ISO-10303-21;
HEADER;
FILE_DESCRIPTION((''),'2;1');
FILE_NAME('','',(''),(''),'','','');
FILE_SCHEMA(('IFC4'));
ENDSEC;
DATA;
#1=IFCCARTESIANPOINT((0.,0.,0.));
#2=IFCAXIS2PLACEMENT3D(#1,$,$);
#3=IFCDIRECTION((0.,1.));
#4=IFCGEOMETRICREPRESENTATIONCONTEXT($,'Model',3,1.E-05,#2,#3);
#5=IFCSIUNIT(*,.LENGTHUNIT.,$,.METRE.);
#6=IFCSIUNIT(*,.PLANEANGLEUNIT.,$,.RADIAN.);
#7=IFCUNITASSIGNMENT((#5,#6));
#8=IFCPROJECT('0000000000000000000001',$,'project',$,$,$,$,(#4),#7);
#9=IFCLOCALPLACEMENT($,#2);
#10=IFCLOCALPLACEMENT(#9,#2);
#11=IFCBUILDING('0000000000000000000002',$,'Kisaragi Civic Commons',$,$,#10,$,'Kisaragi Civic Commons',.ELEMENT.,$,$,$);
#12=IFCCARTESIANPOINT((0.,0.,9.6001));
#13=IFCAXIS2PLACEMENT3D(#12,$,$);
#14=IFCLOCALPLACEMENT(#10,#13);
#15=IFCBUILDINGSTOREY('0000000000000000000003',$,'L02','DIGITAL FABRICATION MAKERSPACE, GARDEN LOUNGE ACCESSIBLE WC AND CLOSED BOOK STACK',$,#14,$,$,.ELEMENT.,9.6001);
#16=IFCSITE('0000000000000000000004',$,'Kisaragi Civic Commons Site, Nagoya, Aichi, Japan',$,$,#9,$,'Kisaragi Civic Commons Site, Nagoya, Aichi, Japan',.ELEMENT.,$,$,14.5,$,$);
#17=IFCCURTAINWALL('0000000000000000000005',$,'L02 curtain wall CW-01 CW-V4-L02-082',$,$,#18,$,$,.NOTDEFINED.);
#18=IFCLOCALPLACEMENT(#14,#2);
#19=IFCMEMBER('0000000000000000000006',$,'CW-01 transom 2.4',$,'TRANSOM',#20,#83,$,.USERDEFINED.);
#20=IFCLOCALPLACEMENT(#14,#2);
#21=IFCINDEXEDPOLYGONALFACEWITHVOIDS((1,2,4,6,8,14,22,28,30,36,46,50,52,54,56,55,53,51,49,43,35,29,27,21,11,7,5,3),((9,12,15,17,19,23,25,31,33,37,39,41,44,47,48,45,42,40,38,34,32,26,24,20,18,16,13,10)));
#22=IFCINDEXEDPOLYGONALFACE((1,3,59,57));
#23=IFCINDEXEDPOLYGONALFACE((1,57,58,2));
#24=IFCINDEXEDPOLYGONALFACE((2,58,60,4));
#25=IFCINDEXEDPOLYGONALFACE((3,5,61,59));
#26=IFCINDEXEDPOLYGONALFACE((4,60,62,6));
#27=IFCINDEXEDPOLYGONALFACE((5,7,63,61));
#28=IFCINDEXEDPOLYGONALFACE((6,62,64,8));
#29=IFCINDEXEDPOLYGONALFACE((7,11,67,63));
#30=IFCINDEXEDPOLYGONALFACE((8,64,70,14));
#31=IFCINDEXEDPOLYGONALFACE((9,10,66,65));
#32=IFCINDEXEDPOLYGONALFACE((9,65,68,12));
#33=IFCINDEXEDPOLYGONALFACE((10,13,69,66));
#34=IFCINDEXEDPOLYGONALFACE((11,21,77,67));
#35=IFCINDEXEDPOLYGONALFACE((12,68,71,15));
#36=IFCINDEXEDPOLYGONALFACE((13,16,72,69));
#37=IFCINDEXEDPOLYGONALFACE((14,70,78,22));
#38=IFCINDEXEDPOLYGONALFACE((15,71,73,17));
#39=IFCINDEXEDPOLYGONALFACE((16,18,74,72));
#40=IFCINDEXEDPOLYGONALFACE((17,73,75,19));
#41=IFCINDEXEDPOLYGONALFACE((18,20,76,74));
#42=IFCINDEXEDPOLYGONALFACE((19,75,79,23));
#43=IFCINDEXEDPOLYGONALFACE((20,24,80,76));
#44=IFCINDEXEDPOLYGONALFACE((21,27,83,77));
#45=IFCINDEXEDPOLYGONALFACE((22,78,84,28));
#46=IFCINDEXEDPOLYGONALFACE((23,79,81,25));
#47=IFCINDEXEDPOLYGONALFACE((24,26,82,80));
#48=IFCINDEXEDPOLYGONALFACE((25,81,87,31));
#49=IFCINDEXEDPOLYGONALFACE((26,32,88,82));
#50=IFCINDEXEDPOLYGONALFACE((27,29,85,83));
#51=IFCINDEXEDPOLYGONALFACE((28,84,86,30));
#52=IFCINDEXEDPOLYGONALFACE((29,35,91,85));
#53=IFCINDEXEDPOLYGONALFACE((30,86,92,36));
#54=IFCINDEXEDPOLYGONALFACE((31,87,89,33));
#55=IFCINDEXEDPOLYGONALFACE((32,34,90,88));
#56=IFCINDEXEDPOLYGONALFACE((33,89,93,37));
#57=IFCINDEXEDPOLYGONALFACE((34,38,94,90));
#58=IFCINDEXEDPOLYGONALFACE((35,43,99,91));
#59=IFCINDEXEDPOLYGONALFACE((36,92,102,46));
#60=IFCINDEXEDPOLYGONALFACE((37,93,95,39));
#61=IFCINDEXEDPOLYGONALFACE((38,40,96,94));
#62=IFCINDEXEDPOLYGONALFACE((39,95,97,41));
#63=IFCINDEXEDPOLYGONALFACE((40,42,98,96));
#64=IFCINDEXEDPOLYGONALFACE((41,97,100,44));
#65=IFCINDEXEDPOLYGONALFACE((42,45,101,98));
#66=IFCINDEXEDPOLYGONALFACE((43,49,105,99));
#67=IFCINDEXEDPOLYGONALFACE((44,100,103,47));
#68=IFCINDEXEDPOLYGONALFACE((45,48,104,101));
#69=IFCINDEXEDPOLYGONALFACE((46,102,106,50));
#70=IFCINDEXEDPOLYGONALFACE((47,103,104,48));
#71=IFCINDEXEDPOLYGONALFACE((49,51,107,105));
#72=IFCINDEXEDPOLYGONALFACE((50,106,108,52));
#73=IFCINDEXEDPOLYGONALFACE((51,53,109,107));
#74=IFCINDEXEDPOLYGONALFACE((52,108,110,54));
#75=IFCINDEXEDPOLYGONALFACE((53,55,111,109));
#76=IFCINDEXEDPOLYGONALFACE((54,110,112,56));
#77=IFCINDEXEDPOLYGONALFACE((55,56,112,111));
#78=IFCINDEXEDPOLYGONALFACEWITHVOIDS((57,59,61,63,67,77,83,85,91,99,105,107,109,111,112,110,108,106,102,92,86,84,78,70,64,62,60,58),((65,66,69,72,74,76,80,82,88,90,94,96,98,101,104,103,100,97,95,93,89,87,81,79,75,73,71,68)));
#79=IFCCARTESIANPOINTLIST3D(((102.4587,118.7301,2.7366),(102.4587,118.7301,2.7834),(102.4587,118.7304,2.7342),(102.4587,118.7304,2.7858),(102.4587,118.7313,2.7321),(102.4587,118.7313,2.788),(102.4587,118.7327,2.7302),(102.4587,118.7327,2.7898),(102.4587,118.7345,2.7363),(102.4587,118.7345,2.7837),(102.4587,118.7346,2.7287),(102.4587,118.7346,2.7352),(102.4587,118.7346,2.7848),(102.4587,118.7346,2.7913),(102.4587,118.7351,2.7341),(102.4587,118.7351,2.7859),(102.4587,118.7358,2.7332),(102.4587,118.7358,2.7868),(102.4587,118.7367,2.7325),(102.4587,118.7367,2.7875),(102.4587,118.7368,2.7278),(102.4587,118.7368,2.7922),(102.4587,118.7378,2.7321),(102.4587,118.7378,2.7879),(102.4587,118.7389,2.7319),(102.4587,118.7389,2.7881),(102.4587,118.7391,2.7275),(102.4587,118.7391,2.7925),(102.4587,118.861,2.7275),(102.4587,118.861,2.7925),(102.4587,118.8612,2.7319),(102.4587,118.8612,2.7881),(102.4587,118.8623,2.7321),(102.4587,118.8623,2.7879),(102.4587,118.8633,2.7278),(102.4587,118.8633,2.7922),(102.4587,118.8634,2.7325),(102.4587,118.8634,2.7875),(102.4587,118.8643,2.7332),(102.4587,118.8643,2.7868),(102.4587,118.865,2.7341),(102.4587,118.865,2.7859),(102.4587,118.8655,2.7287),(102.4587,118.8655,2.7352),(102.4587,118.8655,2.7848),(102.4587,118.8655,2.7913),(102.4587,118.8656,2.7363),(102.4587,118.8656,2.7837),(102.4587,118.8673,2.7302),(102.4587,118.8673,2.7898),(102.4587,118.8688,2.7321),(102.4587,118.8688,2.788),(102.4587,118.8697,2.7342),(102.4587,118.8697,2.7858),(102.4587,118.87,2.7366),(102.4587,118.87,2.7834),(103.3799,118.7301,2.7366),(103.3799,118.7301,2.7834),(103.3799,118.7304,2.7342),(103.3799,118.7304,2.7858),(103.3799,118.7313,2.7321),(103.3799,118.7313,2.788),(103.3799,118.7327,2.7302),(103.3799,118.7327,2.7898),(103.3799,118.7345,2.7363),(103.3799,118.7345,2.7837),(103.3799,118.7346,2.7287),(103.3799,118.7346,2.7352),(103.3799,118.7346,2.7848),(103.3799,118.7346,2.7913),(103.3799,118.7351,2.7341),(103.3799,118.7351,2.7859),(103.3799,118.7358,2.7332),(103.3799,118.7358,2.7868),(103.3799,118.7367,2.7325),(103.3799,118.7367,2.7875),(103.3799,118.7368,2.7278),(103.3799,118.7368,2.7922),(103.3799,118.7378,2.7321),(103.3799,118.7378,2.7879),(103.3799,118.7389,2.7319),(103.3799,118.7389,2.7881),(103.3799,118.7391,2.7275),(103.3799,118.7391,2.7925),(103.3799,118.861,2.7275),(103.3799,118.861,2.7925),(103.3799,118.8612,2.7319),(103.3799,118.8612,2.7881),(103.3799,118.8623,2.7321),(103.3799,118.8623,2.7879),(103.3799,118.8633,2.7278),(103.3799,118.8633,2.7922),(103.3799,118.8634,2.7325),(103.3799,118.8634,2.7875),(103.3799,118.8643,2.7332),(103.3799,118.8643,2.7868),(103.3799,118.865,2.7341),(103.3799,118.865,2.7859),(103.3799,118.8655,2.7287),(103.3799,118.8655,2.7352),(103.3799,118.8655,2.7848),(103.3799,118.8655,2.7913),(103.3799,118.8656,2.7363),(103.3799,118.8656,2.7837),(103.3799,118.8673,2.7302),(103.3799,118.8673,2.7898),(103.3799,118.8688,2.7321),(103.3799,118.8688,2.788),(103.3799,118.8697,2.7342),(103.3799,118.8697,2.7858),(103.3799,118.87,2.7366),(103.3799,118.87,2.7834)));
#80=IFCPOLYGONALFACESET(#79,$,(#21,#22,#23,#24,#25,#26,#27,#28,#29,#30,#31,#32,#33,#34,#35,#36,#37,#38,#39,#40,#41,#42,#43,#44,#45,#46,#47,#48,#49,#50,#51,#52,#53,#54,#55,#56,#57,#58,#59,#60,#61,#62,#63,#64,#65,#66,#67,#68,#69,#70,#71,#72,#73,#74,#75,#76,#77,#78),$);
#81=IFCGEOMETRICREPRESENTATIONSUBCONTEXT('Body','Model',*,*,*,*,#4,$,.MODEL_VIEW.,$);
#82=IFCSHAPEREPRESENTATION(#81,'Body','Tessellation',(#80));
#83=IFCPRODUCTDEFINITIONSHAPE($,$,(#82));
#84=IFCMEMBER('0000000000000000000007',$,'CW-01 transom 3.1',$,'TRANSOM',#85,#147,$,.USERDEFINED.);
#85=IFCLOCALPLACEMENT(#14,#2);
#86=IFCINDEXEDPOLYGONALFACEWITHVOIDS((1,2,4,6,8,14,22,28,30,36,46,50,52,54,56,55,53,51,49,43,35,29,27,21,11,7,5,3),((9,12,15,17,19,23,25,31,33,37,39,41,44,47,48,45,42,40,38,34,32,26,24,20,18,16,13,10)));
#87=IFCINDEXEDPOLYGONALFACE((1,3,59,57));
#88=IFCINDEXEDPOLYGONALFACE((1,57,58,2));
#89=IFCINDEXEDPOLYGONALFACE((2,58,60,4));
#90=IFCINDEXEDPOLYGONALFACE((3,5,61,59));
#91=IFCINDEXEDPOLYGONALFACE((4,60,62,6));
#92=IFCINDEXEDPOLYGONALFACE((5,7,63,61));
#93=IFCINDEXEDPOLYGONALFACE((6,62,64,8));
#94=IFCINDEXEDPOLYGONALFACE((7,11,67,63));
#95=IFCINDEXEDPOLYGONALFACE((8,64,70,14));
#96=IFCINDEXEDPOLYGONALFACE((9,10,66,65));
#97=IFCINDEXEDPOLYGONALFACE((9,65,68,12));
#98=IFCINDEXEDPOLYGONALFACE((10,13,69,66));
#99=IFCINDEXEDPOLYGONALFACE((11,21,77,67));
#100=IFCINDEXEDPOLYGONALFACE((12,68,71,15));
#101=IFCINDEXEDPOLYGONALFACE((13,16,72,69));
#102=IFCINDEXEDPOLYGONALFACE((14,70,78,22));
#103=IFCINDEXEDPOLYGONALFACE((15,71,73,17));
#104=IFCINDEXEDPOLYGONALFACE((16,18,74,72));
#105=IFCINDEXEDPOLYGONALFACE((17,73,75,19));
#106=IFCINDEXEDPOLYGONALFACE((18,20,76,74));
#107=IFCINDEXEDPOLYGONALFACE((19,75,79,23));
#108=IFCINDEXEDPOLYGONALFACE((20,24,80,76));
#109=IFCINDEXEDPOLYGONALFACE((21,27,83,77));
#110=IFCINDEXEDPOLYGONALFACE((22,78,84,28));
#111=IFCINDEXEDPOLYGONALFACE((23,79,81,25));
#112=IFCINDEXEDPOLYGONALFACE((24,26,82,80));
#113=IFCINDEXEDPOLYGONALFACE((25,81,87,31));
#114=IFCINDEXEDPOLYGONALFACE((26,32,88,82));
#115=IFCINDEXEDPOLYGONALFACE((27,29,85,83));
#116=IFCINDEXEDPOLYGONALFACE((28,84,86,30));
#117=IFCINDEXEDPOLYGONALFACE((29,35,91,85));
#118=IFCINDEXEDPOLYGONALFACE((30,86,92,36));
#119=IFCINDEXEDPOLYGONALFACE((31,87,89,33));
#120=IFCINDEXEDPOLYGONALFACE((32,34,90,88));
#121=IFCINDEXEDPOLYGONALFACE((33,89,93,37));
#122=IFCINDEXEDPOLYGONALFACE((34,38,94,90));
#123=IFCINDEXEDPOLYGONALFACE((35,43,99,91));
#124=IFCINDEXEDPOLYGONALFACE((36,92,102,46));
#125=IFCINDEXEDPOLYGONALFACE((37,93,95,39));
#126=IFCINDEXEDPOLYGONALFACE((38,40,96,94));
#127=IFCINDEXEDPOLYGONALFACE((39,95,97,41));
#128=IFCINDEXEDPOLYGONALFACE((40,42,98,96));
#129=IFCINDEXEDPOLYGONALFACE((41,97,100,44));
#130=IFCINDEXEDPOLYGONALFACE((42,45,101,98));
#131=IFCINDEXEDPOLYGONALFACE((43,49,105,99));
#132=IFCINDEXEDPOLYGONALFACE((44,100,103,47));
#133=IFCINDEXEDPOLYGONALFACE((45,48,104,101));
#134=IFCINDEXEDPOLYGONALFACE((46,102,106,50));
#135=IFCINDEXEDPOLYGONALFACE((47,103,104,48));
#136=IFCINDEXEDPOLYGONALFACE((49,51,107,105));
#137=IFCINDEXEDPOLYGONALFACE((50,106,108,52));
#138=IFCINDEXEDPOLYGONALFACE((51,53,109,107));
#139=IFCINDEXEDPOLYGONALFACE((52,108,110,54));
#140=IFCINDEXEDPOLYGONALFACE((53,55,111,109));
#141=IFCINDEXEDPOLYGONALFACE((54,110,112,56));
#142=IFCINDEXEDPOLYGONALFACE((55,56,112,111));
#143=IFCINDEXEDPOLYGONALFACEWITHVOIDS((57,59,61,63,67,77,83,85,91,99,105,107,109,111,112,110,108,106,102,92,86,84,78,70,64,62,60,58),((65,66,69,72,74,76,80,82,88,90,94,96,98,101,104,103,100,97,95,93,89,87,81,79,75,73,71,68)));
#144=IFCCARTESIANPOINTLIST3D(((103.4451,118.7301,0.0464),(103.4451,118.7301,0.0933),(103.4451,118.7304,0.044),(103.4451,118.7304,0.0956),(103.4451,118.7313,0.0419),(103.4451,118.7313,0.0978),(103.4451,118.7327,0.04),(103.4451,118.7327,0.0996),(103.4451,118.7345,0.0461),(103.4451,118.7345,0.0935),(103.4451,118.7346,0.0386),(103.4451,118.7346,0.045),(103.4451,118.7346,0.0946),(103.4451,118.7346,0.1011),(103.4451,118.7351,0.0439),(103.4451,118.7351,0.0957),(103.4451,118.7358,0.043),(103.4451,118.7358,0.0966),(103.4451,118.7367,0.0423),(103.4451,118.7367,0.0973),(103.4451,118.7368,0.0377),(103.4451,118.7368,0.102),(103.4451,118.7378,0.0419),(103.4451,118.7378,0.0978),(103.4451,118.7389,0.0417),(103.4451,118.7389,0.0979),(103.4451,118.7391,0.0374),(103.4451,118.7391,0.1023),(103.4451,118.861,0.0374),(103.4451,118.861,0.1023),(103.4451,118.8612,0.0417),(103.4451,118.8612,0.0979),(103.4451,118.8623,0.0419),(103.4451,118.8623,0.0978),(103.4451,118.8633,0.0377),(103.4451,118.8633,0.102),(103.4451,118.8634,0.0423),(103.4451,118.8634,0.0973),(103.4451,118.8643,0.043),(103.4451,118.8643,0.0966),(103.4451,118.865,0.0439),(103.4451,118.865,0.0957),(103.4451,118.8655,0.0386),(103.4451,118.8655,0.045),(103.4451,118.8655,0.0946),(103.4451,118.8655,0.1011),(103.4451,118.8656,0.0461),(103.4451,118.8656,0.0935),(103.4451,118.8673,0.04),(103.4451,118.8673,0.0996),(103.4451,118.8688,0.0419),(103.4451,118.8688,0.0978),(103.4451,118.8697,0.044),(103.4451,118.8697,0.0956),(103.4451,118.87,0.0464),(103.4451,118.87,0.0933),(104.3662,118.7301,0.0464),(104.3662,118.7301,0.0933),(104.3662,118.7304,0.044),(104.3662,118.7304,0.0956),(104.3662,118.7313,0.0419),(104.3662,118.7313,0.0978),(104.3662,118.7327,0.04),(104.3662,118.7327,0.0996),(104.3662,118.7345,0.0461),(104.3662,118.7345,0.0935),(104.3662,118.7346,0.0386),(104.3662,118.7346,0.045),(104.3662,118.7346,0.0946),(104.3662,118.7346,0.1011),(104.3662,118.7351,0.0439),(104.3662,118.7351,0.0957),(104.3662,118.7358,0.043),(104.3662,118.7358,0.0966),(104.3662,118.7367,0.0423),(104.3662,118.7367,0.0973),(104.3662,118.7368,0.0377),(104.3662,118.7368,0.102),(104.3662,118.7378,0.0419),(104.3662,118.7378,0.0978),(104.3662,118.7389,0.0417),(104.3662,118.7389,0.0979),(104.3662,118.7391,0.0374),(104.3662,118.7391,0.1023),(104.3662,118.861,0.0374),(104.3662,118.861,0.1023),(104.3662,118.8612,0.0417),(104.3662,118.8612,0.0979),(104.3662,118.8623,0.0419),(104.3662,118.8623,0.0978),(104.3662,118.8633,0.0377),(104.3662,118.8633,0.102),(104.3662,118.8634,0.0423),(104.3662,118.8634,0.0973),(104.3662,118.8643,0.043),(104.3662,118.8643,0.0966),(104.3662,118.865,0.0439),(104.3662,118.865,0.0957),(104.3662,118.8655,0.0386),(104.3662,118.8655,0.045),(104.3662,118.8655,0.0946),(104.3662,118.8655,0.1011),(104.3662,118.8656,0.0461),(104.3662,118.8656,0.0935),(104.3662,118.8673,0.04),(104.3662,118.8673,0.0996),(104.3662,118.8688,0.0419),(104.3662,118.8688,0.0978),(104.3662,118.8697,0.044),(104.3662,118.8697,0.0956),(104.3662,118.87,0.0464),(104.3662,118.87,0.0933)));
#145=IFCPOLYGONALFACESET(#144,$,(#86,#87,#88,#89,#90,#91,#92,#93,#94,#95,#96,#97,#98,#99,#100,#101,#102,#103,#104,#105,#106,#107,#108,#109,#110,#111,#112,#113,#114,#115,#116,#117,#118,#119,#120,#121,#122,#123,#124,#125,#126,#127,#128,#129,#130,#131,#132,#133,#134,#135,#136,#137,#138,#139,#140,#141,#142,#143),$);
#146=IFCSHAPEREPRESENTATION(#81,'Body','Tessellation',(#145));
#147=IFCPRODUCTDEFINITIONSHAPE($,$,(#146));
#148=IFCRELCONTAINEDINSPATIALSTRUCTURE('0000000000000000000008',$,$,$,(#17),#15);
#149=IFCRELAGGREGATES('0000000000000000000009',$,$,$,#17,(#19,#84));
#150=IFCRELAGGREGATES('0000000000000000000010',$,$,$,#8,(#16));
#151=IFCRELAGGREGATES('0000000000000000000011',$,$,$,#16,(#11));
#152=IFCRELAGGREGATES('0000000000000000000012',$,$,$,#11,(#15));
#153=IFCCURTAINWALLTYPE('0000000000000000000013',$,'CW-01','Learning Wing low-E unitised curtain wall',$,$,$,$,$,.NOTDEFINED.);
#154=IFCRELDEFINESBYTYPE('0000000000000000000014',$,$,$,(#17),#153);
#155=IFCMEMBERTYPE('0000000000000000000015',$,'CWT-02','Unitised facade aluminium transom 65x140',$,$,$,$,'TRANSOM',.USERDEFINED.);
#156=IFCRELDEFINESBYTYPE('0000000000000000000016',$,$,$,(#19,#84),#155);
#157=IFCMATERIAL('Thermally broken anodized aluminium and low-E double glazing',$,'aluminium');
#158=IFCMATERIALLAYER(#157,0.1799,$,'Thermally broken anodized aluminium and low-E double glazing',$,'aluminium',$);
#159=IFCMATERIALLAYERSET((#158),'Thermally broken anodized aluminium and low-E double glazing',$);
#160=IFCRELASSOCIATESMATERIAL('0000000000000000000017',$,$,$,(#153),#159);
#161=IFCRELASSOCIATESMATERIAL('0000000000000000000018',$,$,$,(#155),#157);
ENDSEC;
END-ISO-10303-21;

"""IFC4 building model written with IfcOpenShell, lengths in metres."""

from ifc_helpers import new_model, si_unit, direction, frame, origin, origin_2d, place, context, subcontext, project, spatial, hollow_rectangle, extrude, material, layer, layer_set, material_profile, profile_set, type_object, element, aggregate, save


model = new_model("IFC4")

# Units and contexts
model_context = context("Model", 3, precision=1e-05, world=origin(), true_north=direction((0.0, 1.0)))
body_context = subcontext(model_context, "Body", "Model", "MODEL_VIEW")
ifc_project = project(units=[si_unit("LENGTHUNIT", "METRE"), si_unit("PLANEANGLEUNIT", "RADIAN")], contexts=[model_context])

# Site, building, storey
site_placement = place(None, origin())
site = spatial("IfcSite", under=ifc_project, at=site_placement, Name="Kisaragi Civic Commons Site, Nagoya, Aichi, Japan", LongName="Kisaragi Civic Commons Site, Nagoya, Aichi, Japan", CompositionType="ELEMENT", RefElevation=14.5)
building_placement = place(site_placement, origin())
building = spatial("IfcBuilding", under=site, at=building_placement, Name="Kisaragi Civic Commons", LongName="Kisaragi Civic Commons", CompositionType="ELEMENT")
storey_placement = place(building_placement, frame((0.0, 0.0, 9.6001)))
storey = spatial("IfcBuildingStorey", under=building, at=storey_placement, Name="L02", Description="DIGITAL FABRICATION MAKERSPACE, GARDEN LOUNGE ACCESSIBLE WC AND CLOSED BOOK STACK", CompositionType="ELEMENT", Elevation=9.6001)

# Curtain wall
ifc_material = material(Name="Thermally broken anodized aluminium and low-E double glazing", Category="aluminium")
ifc_layer_1 = layer(ifc_material, 0.1799, Name="Thermally broken anodized aluminium and low-E double glazing", Category="aluminium")
ifc_layer_set_1 = layer_set([ifc_layer_1], Name="Thermally broken anodized aluminium and low-E double glazing")
curtain_wall_type = type_object("IfcCurtainWallType", Name="CW-01", Description="Learning Wing low-E unitised curtain wall", PredefinedType="NOTDEFINED", material=ifc_layer_set_1)
curtain_wall_1_placement = place(storey_placement, origin())
curtain_wall_1 = element("IfcCurtainWall", 1, at=curtain_wall_1_placement, inside=storey, type_object=curtain_wall_type, Name="L02 curtain wall CW-01 CW-V4-L02-082", PredefinedType="NOTDEFINED")

# Members
ifc_material_profile_1 = material_profile(ifc_material, hollow_rectangle(XDim=0.1399, YDim=0.0649, WallThickness=0.0044, InnerFilletRadius=0.0044, OuterFilletRadius=0.009, at=origin_2d()), Name="CWT-65x140x4.5", Category="aluminium")
ifc_profile_set_1 = profile_set([ifc_material_profile_1], Name="Thermally broken anodized aluminium and low-E double glazing")
member_type_1 = type_object("IfcMemberType", Name="CWT-02", Description="Unitised facade aluminium transom 65x140", ElementType="TRANSOM", PredefinedType="USERDEFINED", material=ifc_profile_set_1)
member_1_placement = place(storey_placement, frame((102.4587, 118.8, 2.76), z_axis=(1.0, 0.0, 0.0), x_axis=(0.0, 1.0, 0.0)))
member_1 = element("IfcMember", 2, at=member_1_placement, type_object=member_type_1, Name="CW-01 transom 2.4", ObjectType="TRANSOM", PredefinedType="USERDEFINED", context=body_context, shape_type="SweptSolid", body=[
    extrude(hollow_rectangle(XDim=0.1399, YDim=0.0649, WallThickness=0.0044, InnerFilletRadius=0.0044, OuterFilletRadius=0.009, at=origin_2d()), origin(), (0.0, 0.0, 1.0), 0.9211),
])
member_2_placement = place(storey_placement, frame((103.4451, 118.8, 0.0698), z_axis=(1.0, 0.0, 0.0), x_axis=(0.0, 1.0, 0.0)))
member_2 = element("IfcMember", 3, at=member_2_placement, type_object=member_type_1, Name="CW-01 transom 3.1", ObjectType="TRANSOM", PredefinedType="USERDEFINED", context=body_context, shape_type="SweptSolid", body=[
    extrude(hollow_rectangle(XDim=0.1399, YDim=0.0649, WallThickness=0.0044, InnerFilletRadius=0.0044, OuterFilletRadius=0.009, at=origin_2d()), origin(), (0.0, 0.0, 1.0), 0.9211),
])

aggregate(curtain_wall_1, [member_1, member_2])

save(model, "model.ifc")
